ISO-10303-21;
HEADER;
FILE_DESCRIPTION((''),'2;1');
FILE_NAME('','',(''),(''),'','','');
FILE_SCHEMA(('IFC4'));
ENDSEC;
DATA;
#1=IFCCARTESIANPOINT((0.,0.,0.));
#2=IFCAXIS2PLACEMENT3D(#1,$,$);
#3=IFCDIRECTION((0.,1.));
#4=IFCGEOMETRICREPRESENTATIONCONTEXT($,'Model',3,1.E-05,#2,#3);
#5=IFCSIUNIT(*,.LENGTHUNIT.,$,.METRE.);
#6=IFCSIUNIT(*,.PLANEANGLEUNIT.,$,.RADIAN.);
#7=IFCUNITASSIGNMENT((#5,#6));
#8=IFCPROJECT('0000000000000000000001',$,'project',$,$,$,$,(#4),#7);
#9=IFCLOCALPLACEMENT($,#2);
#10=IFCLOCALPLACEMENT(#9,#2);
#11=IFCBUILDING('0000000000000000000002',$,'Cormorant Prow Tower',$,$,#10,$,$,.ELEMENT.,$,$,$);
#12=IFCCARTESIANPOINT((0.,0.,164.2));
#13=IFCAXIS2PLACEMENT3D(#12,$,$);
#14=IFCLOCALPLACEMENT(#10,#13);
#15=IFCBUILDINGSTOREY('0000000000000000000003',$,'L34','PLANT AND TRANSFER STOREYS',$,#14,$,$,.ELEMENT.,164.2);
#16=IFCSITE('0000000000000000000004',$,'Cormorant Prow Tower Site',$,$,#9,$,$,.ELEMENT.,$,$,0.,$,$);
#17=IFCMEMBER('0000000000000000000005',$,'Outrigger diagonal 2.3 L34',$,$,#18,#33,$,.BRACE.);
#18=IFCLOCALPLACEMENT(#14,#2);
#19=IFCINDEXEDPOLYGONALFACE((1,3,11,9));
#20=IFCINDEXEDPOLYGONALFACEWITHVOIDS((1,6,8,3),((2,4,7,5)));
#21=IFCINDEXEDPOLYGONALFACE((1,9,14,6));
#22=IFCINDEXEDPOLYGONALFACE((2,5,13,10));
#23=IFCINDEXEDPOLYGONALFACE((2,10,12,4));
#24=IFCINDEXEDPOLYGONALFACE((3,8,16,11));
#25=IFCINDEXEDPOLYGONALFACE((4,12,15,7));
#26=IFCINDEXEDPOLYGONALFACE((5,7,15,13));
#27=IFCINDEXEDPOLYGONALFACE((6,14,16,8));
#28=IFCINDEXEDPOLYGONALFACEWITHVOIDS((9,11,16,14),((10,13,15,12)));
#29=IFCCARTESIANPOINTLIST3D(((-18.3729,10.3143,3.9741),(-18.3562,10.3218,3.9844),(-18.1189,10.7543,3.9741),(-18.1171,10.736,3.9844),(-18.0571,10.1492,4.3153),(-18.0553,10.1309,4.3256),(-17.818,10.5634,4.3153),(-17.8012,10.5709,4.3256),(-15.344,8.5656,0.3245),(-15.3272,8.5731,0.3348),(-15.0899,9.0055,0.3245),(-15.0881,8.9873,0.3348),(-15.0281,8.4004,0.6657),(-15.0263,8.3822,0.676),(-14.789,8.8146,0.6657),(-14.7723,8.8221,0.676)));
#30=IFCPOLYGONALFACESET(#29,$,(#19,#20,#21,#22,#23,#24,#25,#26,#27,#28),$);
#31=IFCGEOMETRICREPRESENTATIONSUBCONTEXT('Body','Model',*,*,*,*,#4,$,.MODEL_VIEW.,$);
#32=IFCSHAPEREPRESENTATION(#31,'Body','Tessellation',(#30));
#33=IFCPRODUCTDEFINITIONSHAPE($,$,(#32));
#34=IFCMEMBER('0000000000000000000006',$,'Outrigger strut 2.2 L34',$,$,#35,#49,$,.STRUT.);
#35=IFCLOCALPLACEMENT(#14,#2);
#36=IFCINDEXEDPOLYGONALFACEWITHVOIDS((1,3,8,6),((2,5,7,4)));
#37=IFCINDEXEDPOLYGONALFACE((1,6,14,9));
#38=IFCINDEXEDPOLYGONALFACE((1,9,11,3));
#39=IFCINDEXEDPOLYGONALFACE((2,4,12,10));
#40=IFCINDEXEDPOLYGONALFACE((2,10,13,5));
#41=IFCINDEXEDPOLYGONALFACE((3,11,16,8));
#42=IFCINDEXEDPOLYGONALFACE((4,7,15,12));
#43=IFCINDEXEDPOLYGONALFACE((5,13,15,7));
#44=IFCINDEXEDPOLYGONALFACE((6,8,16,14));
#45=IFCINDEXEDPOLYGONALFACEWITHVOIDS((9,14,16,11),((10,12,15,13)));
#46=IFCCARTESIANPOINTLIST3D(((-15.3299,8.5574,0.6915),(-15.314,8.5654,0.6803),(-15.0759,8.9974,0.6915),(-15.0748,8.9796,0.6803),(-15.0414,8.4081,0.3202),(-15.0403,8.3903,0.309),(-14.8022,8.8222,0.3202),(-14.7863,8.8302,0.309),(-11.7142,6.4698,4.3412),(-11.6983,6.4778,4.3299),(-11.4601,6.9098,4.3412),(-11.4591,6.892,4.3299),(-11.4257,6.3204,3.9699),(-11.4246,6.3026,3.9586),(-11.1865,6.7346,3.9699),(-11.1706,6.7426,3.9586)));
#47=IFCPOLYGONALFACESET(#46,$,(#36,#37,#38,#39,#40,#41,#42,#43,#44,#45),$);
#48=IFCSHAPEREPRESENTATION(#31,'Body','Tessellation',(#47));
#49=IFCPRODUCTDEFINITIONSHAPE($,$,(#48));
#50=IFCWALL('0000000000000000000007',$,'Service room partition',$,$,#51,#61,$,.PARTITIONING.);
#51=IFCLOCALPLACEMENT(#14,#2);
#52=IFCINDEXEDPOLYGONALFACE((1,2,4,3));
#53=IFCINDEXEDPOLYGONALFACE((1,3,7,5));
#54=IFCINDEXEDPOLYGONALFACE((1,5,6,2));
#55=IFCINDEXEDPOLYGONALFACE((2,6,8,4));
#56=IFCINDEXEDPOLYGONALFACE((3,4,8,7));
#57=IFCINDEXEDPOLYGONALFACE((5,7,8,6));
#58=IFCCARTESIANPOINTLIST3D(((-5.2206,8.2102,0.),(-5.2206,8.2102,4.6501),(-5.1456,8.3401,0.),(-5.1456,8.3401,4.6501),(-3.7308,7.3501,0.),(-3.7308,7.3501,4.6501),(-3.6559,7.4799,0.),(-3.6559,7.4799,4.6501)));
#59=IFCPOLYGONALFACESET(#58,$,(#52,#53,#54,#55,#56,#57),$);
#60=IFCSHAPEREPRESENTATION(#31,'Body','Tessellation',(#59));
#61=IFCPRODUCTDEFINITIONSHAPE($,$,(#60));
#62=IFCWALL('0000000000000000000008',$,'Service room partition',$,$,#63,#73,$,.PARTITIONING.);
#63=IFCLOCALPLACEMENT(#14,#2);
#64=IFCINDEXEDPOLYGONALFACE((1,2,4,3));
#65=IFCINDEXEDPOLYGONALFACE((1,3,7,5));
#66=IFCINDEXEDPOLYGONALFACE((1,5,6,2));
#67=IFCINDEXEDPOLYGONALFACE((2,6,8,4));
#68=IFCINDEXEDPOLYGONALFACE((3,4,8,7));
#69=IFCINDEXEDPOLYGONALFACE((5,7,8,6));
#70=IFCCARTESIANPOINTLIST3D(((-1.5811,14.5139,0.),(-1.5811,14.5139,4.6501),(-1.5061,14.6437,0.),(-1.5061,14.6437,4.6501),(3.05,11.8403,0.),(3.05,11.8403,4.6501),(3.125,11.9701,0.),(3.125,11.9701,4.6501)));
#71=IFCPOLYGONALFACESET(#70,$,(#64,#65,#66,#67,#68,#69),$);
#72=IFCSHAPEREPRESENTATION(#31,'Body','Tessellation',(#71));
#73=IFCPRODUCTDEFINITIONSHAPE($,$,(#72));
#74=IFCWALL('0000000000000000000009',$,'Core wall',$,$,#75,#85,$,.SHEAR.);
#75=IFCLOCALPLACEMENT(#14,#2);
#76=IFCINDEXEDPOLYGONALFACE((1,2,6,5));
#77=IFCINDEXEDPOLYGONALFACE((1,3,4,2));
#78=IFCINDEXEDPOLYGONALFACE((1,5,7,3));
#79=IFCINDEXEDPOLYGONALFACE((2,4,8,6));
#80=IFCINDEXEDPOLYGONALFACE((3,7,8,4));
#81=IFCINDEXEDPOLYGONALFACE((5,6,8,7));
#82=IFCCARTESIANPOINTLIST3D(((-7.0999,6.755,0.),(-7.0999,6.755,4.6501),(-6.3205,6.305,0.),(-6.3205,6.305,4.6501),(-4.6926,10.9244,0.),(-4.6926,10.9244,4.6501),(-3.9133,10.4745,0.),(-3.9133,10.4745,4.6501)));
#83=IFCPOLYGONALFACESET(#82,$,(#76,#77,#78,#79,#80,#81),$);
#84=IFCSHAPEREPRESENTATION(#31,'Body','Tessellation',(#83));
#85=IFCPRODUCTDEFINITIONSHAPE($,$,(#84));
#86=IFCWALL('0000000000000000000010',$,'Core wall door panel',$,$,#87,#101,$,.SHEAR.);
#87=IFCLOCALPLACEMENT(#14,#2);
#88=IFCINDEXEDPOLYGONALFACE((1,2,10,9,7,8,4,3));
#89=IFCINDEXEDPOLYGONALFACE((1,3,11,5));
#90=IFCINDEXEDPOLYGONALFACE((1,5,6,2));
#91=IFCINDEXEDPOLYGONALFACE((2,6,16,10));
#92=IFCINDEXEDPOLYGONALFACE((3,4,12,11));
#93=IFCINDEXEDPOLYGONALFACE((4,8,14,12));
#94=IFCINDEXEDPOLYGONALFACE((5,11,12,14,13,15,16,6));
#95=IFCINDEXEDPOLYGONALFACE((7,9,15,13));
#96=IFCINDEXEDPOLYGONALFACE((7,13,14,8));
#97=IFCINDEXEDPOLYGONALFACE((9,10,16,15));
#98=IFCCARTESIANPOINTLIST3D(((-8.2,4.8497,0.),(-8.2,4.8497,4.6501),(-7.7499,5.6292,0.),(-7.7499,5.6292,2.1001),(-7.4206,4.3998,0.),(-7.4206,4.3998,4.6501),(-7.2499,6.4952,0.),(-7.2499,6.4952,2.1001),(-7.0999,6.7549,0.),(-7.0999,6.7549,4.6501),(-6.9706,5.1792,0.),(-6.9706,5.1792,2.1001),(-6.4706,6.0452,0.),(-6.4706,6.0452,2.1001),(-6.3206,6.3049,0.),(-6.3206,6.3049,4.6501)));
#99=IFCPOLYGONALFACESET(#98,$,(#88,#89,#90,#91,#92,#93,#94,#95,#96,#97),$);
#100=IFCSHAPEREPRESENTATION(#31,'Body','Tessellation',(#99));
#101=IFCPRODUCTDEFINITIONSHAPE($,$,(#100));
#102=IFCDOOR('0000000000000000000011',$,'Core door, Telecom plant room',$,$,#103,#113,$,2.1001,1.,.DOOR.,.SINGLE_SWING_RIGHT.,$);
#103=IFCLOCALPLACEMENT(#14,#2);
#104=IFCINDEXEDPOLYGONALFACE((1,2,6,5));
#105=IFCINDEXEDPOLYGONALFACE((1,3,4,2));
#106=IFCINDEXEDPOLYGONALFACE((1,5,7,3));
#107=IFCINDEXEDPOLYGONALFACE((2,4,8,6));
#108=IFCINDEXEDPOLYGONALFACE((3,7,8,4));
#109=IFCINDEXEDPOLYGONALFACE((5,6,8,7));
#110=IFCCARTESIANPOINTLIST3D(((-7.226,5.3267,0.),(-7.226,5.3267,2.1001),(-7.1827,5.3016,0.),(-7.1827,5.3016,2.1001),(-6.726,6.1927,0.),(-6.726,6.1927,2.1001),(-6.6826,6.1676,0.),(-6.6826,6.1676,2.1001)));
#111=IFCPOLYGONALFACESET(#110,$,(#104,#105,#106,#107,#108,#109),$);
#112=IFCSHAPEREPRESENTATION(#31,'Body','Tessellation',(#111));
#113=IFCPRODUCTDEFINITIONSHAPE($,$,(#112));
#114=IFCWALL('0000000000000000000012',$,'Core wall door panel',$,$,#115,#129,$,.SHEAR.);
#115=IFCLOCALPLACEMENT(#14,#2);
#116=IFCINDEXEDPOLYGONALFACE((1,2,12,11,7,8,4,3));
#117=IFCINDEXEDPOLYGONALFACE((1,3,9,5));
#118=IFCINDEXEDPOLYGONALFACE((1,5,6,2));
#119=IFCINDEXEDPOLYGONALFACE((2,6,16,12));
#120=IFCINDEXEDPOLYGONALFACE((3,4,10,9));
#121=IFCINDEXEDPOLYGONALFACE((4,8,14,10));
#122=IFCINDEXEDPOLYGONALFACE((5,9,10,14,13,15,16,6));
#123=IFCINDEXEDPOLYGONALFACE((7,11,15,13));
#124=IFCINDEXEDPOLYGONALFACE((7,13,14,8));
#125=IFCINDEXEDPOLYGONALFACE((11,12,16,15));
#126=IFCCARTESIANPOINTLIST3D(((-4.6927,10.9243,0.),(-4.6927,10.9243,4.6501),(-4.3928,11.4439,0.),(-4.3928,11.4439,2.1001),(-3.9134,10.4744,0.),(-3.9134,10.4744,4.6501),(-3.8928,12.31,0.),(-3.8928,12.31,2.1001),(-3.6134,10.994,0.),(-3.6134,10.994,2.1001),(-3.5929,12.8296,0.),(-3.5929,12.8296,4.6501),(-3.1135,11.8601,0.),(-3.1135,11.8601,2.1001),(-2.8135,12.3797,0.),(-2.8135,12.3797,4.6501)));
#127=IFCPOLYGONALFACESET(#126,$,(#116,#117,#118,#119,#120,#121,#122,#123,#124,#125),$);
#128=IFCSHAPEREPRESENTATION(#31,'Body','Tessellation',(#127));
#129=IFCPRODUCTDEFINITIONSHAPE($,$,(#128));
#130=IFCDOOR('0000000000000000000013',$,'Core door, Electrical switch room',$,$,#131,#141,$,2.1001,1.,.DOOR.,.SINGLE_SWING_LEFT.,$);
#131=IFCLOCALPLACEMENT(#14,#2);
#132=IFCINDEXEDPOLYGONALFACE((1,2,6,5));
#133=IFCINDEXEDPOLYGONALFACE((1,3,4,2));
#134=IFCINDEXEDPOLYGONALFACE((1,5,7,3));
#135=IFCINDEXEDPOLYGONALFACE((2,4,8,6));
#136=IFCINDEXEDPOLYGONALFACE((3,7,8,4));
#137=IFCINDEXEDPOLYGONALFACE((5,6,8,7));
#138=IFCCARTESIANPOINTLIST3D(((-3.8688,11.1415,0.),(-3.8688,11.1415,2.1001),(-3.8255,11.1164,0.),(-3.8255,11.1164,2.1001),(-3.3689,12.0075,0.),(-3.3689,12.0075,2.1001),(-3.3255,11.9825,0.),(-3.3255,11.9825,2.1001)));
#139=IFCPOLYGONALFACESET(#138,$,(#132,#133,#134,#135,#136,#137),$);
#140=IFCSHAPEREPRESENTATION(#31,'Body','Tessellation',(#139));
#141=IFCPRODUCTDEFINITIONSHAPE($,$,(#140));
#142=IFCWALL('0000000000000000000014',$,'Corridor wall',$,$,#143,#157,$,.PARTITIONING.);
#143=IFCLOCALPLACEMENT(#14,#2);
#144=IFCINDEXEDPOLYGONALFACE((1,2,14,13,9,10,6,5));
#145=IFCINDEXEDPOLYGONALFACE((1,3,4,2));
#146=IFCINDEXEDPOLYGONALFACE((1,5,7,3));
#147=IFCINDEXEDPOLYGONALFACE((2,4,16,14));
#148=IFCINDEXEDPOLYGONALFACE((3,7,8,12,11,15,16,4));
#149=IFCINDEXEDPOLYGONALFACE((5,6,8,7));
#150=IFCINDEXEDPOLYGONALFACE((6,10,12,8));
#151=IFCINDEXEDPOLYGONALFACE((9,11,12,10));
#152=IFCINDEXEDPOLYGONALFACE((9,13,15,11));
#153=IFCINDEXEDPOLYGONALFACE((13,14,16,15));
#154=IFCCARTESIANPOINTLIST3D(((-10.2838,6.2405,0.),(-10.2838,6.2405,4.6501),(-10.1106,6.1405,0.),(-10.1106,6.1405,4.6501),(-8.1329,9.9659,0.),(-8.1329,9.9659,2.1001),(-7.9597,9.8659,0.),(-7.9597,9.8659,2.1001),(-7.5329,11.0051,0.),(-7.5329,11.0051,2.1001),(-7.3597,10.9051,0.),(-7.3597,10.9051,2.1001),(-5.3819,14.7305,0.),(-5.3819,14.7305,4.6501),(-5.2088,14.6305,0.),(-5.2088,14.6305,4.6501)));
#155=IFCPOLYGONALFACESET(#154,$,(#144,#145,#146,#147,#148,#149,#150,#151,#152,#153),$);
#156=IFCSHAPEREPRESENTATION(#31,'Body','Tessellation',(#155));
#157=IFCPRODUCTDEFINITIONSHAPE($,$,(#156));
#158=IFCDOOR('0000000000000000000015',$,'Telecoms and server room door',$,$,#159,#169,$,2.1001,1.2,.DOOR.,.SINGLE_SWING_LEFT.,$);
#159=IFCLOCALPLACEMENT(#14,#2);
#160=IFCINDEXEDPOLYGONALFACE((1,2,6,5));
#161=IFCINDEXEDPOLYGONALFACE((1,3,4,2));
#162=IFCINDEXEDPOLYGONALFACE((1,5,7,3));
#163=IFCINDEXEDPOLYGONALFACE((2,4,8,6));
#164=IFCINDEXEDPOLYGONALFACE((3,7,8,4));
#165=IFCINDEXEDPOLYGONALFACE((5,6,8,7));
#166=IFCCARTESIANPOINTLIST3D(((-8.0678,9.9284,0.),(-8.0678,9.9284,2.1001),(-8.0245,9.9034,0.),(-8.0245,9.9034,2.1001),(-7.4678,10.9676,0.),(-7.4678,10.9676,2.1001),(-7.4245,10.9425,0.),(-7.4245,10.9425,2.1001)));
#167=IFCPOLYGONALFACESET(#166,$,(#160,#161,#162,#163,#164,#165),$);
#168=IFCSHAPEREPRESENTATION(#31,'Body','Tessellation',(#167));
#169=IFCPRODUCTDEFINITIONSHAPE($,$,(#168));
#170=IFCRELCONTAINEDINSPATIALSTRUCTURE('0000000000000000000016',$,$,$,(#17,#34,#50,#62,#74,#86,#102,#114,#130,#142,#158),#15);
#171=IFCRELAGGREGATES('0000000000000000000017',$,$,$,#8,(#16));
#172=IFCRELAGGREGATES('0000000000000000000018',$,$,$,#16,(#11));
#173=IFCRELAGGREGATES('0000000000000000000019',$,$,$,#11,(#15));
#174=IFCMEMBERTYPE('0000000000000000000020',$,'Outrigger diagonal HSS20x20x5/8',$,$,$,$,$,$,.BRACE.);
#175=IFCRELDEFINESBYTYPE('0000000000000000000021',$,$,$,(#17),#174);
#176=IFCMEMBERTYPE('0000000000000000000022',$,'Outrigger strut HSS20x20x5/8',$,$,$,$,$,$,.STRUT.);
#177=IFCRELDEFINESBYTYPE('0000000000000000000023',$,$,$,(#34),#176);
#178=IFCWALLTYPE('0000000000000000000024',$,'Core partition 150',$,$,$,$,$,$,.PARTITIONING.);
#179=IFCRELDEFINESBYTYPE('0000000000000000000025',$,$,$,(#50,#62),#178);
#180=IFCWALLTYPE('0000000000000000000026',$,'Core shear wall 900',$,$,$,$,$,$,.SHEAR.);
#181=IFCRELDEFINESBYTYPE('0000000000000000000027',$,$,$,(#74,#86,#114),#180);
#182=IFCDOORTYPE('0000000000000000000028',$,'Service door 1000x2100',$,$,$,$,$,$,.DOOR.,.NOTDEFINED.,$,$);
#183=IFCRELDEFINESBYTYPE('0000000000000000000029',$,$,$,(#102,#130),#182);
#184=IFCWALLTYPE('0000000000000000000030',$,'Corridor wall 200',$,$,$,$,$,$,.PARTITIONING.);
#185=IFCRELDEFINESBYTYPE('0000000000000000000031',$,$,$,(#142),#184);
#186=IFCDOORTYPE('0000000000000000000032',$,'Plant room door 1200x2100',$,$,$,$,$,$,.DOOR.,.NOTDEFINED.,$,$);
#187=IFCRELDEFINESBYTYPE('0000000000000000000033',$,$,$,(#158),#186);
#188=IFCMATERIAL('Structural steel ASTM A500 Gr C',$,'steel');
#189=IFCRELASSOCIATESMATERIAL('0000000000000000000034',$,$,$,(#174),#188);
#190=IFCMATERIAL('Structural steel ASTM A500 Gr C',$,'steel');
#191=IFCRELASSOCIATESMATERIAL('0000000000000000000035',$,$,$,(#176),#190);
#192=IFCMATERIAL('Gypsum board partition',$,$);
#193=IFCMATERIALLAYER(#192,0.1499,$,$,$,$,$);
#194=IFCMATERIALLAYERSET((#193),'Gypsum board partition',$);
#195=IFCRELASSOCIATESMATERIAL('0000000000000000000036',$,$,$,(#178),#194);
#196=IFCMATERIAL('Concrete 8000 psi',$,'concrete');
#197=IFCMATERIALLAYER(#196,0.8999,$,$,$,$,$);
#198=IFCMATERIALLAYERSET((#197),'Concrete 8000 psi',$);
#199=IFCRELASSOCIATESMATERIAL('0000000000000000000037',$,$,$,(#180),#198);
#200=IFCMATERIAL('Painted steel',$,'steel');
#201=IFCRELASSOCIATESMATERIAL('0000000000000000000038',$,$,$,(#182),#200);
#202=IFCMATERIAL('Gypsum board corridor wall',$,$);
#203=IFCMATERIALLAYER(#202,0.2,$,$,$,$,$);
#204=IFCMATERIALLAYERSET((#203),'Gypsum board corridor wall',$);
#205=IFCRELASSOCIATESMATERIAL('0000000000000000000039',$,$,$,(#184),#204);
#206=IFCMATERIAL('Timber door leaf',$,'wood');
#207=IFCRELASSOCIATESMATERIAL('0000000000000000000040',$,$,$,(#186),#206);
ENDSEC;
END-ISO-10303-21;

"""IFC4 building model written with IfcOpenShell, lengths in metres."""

from ifc_helpers import new_model, si_unit, direction, frame, frame_2d, origin, origin_2d, place, context, subcontext, project, spatial, rectangle, hollow_rectangle, extrude, material, layer, layer_set, material_profile, profile_set, type_object, element, fill, save


model = new_model("IFC4")

# Units and contexts
model_context = context("Model", 3, precision=1e-05, world=origin(), true_north=direction((0.0, 1.0)))
body_context = subcontext(model_context, "Body", "Model", "MODEL_VIEW")
ifc_project = project(units=[si_unit("LENGTHUNIT", "METRE"), si_unit("PLANEANGLEUNIT", "RADIAN")], contexts=[model_context])

# Site, building, storey
site_placement = place(None, origin())
site = spatial("IfcSite", under=ifc_project, at=site_placement, Name="Cormorant Prow Tower Site", CompositionType="ELEMENT", RefElevation=0.0)
building_placement = place(site_placement, origin())
building = spatial("IfcBuilding", under=site, at=building_placement, Name="Cormorant Prow Tower", CompositionType="ELEMENT")
storey_placement = place(building_placement, frame((0.0, 0.0, 164.2)))
storey = spatial("IfcBuildingStorey", under=building, at=storey_placement, Name="L34", Description="PLANT AND TRANSFER STOREYS", CompositionType="ELEMENT", Elevation=164.2)

# Members
ifc_material_1 = material(Name="Structural steel ASTM A500 Gr C", Category="steel")
ifc_material_profile_1 = material_profile(ifc_material_1, hollow_rectangle(XDim=0.5081, YDim=0.5081, WallThickness=0.0149, at=origin_2d()), Name="HSS20x20x5/8")
ifc_profile_set_1 = profile_set([ifc_material_profile_1], Name="Structural steel ASTM A500 Gr C")
member_type_1 = type_object("IfcMemberType", Name="Outrigger diagonal HSS20x20x5/8", PredefinedType="BRACE", material=ifc_profile_set_1)
member_1_placement = place(storey_placement, frame((-15.0581, 8.6938, 0.5002), z_axis=(-0.599215, 0.345948, 0.721985), x_axis=(-0.49999, -0.866031, 0.0)))
element("IfcMember", 1, at=member_1_placement, inside=storey, type_object=member_type_1, Name="Outrigger diagonal 2.3 L34", PredefinedType="BRACE", context=body_context, shape_type="SweptSolid", body=[
    extrude(hollow_rectangle(XDim=0.5081, YDim=0.5081, WallThickness=0.0149, at=origin_2d()), origin(), (0.0, 0.0, 1.0), 5.0549),
])
ifc_material_2 = material(Name="Structural steel ASTM A500 Gr C", Category="steel")
ifc_material_profile_2 = material_profile(ifc_material_2, hollow_rectangle(XDim=0.5081, YDim=0.5081, WallThickness=0.0149, at=origin_2d()), Name="HSS20x20x5/8")
ifc_profile_set_2 = profile_set([ifc_material_profile_2], Name="Structural steel ASTM A500 Gr C")
member_type_2 = type_object("IfcMemberType", Name="Outrigger strut HSS20x20x5/8", PredefinedType="STRUT", material=ifc_profile_set_2)
member_2_placement = place(storey_placement, frame((-11.4424, 6.6062, 4.1499), z_axis=(-0.652019, 0.376463, -0.658139), x_axis=(-0.500019, -0.866014, 0.0)))
element("IfcMember", 2, at=member_2_placement, inside=storey, type_object=member_type_2, Name="Outrigger strut 2.2 L34", PredefinedType="STRUT", context=body_context, shape_type="SweptSolid", body=[
    extrude(hollow_rectangle(XDim=0.5081, YDim=0.5081, WallThickness=0.0149, at=origin_2d()), origin(), (0.0, 0.0, 1.0), 5.5454),
])

# Walls
ifc_material_3 = material(Name="Gypsum board partition")
ifc_layer_1 = layer(ifc_material_3, 0.1499)
ifc_layer_set_1 = layer_set([ifc_layer_1], Name="Gypsum board partition")
wall_type_1 = type_object("IfcWallType", Name="Core partition 150", PredefinedType="PARTITIONING", material=ifc_layer_set_1)
wall_1_placement = place(storey_placement, frame((-3.6934, 7.415, 0.0), z_axis=(0.0, 0.0, 1.0), x_axis=(-0.866025, 0.500001, 0.0)))
element("IfcWall", 3, at=wall_1_placement, inside=storey, type_object=wall_type_1, Name="Service room partition", PredefinedType="PARTITIONING", context=body_context, shape_type="SweptSolid", body=[
    extrude(rectangle(XDim=1.7202, YDim=0.1499, at=frame_2d((0.8601, 0.0))), origin(), (0.0, 0.0, 1.0), 4.6501),
])
wall_2_placement = place(storey_placement, frame((-1.5437, 14.5789, 0.0), z_axis=(0.0, 0.0, 1.0), x_axis=(0.86604, -0.499974, 0.0)))
element("IfcWall", 4, at=wall_2_placement, inside=storey, type_object=wall_type_1, Name="Service room partition", PredefinedType="PARTITIONING", context=body_context, shape_type="SweptSolid", body=[
    extrude(rectangle(XDim=5.3474, YDim=0.1499, at=frame_2d((2.6738, 0.0))), origin(), (0.0, 0.0, 1.0), 4.6501),
])
ifc_material_4 = material(Name="Concrete 8000 psi", Category="concrete")
ifc_layer_2 = layer(ifc_material_4, 0.8999)
ifc_layer_set_2 = layer_set([ifc_layer_2], Name="Concrete 8000 psi")
wall_type_2 = type_object("IfcWallType", Name="Core shear wall 900", PredefinedType="SHEAR", material=ifc_layer_set_2)
wall_3_placement = place(storey_placement, frame((-4.303, 10.6995, 0.0), z_axis=(0.0, 0.0, 1.0), x_axis=(-0.5, -0.866025, 0.0)))
element("IfcWall", 5, at=wall_3_placement, inside=storey, type_object=wall_type_2, Name="Core wall", PredefinedType="SHEAR", context=body_context, shape_type="SweptSolid", body=[
    extrude(rectangle(XDim=4.8145, YDim=0.8999, at=frame_2d((2.4072, 0.0))), origin(), (0.0, 0.0, 1.0), 4.6501),
])

# Walls, openings, doors
wall_4_placement = place(storey_placement, frame((-6.7102, 6.53, 0.0), z_axis=(0.0, 0.0, 1.0), x_axis=(-0.50003, -0.866008, 0.0)))
wall_4 = element("IfcWall", 6, at=wall_4_placement, inside=storey, type_object=wall_type_2, Name="Core wall door panel", PredefinedType="SHEAR", context=body_context, shape_type="SweptSolid", body=[
    extrude(rectangle(XDim=2.2, YDim=0.8999, at=frame_2d((1.1001, 0.0))), origin(), (0.0, 0.0, 1.0), 4.6501),
])
opening_1_placement = place(wall_4_placement, frame((0.3, 0.0, 0.0)))
opening_1 = element("IfcOpeningElement", 7, at=opening_1_placement, cuts=wall_4, PredefinedType="OPENING", context=body_context, shape_type="SweptSolid", body=[
    extrude(rectangle(XDim=1.0, YDim=2.1001, at=frame_2d((0.5, 1.05))), frame((0.0, 0.46, 0.0), z_axis=(0.0, -1.0, 0.0), x_axis=(1.0, 0.0, 0.0)), (0.0, 0.0, 1.0), 0.9199),
])
ifc_material_5 = material(Name="Painted steel", Category="steel")
door_type_1 = type_object("IfcDoorType", Name="Service door 1000x2100", OperationType="NOTDEFINED", PredefinedType="DOOR", material=ifc_material_5)
door_1_placement = place(opening_1_placement, origin())
door_1 = element("IfcDoor", 8, at=door_1_placement, inside=storey, type_object=door_type_1, Name="Core door, Telecom plant room", OperationType="SINGLE_SWING_RIGHT", OverallHeight=2.1001, OverallWidth=1.0, PredefinedType="DOOR", context=body_context, shape_type="SweptSolid", body=[
    extrude(rectangle(XDim=1.0, YDim=2.1001, at=frame_2d((0.5, 1.05))), frame((0.0, 0.2051, 0.0), z_axis=(0.0, -1.0, 0.0), x_axis=(1.0, 0.0, 0.0)), (0.0, 0.0, 1.0), 0.05),
])
fill(opening_1, door_1)
wall_5_placement = place(storey_placement, frame((-3.2031, 12.6047, 0.0), z_axis=(0.0, 0.0, 1.0), x_axis=(-0.499947, -0.866056, 0.0)))
wall_5 = element("IfcWall", 9, at=wall_5_placement, inside=storey, type_object=wall_type_2, Name="Core wall door panel", PredefinedType="SHEAR", context=body_context, shape_type="SweptSolid", body=[
    extrude(rectangle(XDim=2.2, YDim=0.8999, at=frame_2d((1.1001, 0.0))), origin(), (0.0, 0.0, 1.0), 4.6501),
])
opening_2_placement = place(wall_5_placement, frame((0.6001, 0.0, 0.0)))
opening_2 = element("IfcOpeningElement", 10, at=opening_2_placement, cuts=wall_5, PredefinedType="OPENING", context=body_context, shape_type="SweptSolid", body=[
    extrude(rectangle(XDim=1.0, YDim=2.1001, at=frame_2d((0.5, 1.05))), frame((0.0, 0.46, 0.0), z_axis=(0.0, -1.0, 0.0), x_axis=(1.0, 0.0, 0.0)), (0.0, 0.0, 1.0), 0.9199),
])
door_2_placement = place(opening_2_placement, origin())
door_2 = element("IfcDoor", 11, at=door_2_placement, inside=storey, type_object=door_type_1, Name="Core door, Electrical switch room", OperationType="SINGLE_SWING_LEFT", OverallHeight=2.1001, OverallWidth=1.0, PredefinedType="DOOR", context=body_context, shape_type="SweptSolid", body=[
    extrude(rectangle(XDim=1.0, YDim=2.1001, at=frame_2d((0.5, 1.05))), frame((0.0, 0.2051, 0.0), z_axis=(0.0, -1.0, 0.0), x_axis=(1.0, 0.0, 0.0)), (0.0, 0.0, 1.0), 0.05),
])
fill(opening_2, door_2)
ifc_material_6 = material(Name="Gypsum board corridor wall")
ifc_layer_3 = layer(ifc_material_6, 0.2)
ifc_layer_set_3 = layer_set([ifc_layer_3], Name="Gypsum board corridor wall")
wall_type_3 = type_object("IfcWallType", Name="Corridor wall 200", PredefinedType="PARTITIONING", material=ifc_layer_set_3)
wall_6_placement = place(storey_placement, frame((-10.1973, 6.1904, 0.0), z_axis=(0.0, 0.0, 1.0), x_axis=(0.500012, 0.866018, 0.0)))
wall_6 = element("IfcWall", 12, at=wall_6_placement, inside=storey, type_object=wall_type_3, Name="Corridor wall", PredefinedType="PARTITIONING", context=body_context, shape_type="SweptSolid", body=[
    extrude(rectangle(XDim=9.8035, YDim=0.2, at=frame_2d((4.9019, 0.0))), origin(), (0.0, 0.0, 1.0), 4.6501),
])
opening_3_placement = place(wall_6_placement, frame((4.3018, 0.0, 0.0)))
opening_3 = element("IfcOpeningElement", 13, at=opening_3_placement, cuts=wall_6, PredefinedType="OPENING", context=body_context, shape_type="SweptSolid", body=[
    extrude(rectangle(XDim=1.2, YDim=2.1001, at=frame_2d((0.6001, 1.05))), frame((0.0, 0.1099, 0.0), z_axis=(0.0, -1.0, 0.0), x_axis=(1.0, 0.0, 0.0)), (0.0, 0.0, 1.0), 0.22),
])
ifc_material_7 = material(Name="Timber door leaf", Category="wood")
door_type_2 = type_object("IfcDoorType", Name="Plant room door 1200x2100", OperationType="NOTDEFINED", PredefinedType="DOOR", material=ifc_material_7)
door_3_placement = place(opening_3_placement, origin())
door_3 = element("IfcDoor", 14, at=door_3_placement, inside=storey, type_object=door_type_2, Name="Telecoms and server room door", OperationType="SINGLE_SWING_LEFT", OverallHeight=2.1001, OverallWidth=1.2, PredefinedType="DOOR", context=body_context, shape_type="SweptSolid", body=[
    extrude(rectangle(XDim=1.2, YDim=2.1001, at=frame_2d((0.6001, 1.05))), frame((0.0, 0.0249, 0.0), z_axis=(0.0, -1.0, 0.0), x_axis=(1.0, 0.0, 0.0)), (0.0, 0.0, 1.0), 0.05),
])
fill(opening_3, door_3)

save(model, "model.ifc")
